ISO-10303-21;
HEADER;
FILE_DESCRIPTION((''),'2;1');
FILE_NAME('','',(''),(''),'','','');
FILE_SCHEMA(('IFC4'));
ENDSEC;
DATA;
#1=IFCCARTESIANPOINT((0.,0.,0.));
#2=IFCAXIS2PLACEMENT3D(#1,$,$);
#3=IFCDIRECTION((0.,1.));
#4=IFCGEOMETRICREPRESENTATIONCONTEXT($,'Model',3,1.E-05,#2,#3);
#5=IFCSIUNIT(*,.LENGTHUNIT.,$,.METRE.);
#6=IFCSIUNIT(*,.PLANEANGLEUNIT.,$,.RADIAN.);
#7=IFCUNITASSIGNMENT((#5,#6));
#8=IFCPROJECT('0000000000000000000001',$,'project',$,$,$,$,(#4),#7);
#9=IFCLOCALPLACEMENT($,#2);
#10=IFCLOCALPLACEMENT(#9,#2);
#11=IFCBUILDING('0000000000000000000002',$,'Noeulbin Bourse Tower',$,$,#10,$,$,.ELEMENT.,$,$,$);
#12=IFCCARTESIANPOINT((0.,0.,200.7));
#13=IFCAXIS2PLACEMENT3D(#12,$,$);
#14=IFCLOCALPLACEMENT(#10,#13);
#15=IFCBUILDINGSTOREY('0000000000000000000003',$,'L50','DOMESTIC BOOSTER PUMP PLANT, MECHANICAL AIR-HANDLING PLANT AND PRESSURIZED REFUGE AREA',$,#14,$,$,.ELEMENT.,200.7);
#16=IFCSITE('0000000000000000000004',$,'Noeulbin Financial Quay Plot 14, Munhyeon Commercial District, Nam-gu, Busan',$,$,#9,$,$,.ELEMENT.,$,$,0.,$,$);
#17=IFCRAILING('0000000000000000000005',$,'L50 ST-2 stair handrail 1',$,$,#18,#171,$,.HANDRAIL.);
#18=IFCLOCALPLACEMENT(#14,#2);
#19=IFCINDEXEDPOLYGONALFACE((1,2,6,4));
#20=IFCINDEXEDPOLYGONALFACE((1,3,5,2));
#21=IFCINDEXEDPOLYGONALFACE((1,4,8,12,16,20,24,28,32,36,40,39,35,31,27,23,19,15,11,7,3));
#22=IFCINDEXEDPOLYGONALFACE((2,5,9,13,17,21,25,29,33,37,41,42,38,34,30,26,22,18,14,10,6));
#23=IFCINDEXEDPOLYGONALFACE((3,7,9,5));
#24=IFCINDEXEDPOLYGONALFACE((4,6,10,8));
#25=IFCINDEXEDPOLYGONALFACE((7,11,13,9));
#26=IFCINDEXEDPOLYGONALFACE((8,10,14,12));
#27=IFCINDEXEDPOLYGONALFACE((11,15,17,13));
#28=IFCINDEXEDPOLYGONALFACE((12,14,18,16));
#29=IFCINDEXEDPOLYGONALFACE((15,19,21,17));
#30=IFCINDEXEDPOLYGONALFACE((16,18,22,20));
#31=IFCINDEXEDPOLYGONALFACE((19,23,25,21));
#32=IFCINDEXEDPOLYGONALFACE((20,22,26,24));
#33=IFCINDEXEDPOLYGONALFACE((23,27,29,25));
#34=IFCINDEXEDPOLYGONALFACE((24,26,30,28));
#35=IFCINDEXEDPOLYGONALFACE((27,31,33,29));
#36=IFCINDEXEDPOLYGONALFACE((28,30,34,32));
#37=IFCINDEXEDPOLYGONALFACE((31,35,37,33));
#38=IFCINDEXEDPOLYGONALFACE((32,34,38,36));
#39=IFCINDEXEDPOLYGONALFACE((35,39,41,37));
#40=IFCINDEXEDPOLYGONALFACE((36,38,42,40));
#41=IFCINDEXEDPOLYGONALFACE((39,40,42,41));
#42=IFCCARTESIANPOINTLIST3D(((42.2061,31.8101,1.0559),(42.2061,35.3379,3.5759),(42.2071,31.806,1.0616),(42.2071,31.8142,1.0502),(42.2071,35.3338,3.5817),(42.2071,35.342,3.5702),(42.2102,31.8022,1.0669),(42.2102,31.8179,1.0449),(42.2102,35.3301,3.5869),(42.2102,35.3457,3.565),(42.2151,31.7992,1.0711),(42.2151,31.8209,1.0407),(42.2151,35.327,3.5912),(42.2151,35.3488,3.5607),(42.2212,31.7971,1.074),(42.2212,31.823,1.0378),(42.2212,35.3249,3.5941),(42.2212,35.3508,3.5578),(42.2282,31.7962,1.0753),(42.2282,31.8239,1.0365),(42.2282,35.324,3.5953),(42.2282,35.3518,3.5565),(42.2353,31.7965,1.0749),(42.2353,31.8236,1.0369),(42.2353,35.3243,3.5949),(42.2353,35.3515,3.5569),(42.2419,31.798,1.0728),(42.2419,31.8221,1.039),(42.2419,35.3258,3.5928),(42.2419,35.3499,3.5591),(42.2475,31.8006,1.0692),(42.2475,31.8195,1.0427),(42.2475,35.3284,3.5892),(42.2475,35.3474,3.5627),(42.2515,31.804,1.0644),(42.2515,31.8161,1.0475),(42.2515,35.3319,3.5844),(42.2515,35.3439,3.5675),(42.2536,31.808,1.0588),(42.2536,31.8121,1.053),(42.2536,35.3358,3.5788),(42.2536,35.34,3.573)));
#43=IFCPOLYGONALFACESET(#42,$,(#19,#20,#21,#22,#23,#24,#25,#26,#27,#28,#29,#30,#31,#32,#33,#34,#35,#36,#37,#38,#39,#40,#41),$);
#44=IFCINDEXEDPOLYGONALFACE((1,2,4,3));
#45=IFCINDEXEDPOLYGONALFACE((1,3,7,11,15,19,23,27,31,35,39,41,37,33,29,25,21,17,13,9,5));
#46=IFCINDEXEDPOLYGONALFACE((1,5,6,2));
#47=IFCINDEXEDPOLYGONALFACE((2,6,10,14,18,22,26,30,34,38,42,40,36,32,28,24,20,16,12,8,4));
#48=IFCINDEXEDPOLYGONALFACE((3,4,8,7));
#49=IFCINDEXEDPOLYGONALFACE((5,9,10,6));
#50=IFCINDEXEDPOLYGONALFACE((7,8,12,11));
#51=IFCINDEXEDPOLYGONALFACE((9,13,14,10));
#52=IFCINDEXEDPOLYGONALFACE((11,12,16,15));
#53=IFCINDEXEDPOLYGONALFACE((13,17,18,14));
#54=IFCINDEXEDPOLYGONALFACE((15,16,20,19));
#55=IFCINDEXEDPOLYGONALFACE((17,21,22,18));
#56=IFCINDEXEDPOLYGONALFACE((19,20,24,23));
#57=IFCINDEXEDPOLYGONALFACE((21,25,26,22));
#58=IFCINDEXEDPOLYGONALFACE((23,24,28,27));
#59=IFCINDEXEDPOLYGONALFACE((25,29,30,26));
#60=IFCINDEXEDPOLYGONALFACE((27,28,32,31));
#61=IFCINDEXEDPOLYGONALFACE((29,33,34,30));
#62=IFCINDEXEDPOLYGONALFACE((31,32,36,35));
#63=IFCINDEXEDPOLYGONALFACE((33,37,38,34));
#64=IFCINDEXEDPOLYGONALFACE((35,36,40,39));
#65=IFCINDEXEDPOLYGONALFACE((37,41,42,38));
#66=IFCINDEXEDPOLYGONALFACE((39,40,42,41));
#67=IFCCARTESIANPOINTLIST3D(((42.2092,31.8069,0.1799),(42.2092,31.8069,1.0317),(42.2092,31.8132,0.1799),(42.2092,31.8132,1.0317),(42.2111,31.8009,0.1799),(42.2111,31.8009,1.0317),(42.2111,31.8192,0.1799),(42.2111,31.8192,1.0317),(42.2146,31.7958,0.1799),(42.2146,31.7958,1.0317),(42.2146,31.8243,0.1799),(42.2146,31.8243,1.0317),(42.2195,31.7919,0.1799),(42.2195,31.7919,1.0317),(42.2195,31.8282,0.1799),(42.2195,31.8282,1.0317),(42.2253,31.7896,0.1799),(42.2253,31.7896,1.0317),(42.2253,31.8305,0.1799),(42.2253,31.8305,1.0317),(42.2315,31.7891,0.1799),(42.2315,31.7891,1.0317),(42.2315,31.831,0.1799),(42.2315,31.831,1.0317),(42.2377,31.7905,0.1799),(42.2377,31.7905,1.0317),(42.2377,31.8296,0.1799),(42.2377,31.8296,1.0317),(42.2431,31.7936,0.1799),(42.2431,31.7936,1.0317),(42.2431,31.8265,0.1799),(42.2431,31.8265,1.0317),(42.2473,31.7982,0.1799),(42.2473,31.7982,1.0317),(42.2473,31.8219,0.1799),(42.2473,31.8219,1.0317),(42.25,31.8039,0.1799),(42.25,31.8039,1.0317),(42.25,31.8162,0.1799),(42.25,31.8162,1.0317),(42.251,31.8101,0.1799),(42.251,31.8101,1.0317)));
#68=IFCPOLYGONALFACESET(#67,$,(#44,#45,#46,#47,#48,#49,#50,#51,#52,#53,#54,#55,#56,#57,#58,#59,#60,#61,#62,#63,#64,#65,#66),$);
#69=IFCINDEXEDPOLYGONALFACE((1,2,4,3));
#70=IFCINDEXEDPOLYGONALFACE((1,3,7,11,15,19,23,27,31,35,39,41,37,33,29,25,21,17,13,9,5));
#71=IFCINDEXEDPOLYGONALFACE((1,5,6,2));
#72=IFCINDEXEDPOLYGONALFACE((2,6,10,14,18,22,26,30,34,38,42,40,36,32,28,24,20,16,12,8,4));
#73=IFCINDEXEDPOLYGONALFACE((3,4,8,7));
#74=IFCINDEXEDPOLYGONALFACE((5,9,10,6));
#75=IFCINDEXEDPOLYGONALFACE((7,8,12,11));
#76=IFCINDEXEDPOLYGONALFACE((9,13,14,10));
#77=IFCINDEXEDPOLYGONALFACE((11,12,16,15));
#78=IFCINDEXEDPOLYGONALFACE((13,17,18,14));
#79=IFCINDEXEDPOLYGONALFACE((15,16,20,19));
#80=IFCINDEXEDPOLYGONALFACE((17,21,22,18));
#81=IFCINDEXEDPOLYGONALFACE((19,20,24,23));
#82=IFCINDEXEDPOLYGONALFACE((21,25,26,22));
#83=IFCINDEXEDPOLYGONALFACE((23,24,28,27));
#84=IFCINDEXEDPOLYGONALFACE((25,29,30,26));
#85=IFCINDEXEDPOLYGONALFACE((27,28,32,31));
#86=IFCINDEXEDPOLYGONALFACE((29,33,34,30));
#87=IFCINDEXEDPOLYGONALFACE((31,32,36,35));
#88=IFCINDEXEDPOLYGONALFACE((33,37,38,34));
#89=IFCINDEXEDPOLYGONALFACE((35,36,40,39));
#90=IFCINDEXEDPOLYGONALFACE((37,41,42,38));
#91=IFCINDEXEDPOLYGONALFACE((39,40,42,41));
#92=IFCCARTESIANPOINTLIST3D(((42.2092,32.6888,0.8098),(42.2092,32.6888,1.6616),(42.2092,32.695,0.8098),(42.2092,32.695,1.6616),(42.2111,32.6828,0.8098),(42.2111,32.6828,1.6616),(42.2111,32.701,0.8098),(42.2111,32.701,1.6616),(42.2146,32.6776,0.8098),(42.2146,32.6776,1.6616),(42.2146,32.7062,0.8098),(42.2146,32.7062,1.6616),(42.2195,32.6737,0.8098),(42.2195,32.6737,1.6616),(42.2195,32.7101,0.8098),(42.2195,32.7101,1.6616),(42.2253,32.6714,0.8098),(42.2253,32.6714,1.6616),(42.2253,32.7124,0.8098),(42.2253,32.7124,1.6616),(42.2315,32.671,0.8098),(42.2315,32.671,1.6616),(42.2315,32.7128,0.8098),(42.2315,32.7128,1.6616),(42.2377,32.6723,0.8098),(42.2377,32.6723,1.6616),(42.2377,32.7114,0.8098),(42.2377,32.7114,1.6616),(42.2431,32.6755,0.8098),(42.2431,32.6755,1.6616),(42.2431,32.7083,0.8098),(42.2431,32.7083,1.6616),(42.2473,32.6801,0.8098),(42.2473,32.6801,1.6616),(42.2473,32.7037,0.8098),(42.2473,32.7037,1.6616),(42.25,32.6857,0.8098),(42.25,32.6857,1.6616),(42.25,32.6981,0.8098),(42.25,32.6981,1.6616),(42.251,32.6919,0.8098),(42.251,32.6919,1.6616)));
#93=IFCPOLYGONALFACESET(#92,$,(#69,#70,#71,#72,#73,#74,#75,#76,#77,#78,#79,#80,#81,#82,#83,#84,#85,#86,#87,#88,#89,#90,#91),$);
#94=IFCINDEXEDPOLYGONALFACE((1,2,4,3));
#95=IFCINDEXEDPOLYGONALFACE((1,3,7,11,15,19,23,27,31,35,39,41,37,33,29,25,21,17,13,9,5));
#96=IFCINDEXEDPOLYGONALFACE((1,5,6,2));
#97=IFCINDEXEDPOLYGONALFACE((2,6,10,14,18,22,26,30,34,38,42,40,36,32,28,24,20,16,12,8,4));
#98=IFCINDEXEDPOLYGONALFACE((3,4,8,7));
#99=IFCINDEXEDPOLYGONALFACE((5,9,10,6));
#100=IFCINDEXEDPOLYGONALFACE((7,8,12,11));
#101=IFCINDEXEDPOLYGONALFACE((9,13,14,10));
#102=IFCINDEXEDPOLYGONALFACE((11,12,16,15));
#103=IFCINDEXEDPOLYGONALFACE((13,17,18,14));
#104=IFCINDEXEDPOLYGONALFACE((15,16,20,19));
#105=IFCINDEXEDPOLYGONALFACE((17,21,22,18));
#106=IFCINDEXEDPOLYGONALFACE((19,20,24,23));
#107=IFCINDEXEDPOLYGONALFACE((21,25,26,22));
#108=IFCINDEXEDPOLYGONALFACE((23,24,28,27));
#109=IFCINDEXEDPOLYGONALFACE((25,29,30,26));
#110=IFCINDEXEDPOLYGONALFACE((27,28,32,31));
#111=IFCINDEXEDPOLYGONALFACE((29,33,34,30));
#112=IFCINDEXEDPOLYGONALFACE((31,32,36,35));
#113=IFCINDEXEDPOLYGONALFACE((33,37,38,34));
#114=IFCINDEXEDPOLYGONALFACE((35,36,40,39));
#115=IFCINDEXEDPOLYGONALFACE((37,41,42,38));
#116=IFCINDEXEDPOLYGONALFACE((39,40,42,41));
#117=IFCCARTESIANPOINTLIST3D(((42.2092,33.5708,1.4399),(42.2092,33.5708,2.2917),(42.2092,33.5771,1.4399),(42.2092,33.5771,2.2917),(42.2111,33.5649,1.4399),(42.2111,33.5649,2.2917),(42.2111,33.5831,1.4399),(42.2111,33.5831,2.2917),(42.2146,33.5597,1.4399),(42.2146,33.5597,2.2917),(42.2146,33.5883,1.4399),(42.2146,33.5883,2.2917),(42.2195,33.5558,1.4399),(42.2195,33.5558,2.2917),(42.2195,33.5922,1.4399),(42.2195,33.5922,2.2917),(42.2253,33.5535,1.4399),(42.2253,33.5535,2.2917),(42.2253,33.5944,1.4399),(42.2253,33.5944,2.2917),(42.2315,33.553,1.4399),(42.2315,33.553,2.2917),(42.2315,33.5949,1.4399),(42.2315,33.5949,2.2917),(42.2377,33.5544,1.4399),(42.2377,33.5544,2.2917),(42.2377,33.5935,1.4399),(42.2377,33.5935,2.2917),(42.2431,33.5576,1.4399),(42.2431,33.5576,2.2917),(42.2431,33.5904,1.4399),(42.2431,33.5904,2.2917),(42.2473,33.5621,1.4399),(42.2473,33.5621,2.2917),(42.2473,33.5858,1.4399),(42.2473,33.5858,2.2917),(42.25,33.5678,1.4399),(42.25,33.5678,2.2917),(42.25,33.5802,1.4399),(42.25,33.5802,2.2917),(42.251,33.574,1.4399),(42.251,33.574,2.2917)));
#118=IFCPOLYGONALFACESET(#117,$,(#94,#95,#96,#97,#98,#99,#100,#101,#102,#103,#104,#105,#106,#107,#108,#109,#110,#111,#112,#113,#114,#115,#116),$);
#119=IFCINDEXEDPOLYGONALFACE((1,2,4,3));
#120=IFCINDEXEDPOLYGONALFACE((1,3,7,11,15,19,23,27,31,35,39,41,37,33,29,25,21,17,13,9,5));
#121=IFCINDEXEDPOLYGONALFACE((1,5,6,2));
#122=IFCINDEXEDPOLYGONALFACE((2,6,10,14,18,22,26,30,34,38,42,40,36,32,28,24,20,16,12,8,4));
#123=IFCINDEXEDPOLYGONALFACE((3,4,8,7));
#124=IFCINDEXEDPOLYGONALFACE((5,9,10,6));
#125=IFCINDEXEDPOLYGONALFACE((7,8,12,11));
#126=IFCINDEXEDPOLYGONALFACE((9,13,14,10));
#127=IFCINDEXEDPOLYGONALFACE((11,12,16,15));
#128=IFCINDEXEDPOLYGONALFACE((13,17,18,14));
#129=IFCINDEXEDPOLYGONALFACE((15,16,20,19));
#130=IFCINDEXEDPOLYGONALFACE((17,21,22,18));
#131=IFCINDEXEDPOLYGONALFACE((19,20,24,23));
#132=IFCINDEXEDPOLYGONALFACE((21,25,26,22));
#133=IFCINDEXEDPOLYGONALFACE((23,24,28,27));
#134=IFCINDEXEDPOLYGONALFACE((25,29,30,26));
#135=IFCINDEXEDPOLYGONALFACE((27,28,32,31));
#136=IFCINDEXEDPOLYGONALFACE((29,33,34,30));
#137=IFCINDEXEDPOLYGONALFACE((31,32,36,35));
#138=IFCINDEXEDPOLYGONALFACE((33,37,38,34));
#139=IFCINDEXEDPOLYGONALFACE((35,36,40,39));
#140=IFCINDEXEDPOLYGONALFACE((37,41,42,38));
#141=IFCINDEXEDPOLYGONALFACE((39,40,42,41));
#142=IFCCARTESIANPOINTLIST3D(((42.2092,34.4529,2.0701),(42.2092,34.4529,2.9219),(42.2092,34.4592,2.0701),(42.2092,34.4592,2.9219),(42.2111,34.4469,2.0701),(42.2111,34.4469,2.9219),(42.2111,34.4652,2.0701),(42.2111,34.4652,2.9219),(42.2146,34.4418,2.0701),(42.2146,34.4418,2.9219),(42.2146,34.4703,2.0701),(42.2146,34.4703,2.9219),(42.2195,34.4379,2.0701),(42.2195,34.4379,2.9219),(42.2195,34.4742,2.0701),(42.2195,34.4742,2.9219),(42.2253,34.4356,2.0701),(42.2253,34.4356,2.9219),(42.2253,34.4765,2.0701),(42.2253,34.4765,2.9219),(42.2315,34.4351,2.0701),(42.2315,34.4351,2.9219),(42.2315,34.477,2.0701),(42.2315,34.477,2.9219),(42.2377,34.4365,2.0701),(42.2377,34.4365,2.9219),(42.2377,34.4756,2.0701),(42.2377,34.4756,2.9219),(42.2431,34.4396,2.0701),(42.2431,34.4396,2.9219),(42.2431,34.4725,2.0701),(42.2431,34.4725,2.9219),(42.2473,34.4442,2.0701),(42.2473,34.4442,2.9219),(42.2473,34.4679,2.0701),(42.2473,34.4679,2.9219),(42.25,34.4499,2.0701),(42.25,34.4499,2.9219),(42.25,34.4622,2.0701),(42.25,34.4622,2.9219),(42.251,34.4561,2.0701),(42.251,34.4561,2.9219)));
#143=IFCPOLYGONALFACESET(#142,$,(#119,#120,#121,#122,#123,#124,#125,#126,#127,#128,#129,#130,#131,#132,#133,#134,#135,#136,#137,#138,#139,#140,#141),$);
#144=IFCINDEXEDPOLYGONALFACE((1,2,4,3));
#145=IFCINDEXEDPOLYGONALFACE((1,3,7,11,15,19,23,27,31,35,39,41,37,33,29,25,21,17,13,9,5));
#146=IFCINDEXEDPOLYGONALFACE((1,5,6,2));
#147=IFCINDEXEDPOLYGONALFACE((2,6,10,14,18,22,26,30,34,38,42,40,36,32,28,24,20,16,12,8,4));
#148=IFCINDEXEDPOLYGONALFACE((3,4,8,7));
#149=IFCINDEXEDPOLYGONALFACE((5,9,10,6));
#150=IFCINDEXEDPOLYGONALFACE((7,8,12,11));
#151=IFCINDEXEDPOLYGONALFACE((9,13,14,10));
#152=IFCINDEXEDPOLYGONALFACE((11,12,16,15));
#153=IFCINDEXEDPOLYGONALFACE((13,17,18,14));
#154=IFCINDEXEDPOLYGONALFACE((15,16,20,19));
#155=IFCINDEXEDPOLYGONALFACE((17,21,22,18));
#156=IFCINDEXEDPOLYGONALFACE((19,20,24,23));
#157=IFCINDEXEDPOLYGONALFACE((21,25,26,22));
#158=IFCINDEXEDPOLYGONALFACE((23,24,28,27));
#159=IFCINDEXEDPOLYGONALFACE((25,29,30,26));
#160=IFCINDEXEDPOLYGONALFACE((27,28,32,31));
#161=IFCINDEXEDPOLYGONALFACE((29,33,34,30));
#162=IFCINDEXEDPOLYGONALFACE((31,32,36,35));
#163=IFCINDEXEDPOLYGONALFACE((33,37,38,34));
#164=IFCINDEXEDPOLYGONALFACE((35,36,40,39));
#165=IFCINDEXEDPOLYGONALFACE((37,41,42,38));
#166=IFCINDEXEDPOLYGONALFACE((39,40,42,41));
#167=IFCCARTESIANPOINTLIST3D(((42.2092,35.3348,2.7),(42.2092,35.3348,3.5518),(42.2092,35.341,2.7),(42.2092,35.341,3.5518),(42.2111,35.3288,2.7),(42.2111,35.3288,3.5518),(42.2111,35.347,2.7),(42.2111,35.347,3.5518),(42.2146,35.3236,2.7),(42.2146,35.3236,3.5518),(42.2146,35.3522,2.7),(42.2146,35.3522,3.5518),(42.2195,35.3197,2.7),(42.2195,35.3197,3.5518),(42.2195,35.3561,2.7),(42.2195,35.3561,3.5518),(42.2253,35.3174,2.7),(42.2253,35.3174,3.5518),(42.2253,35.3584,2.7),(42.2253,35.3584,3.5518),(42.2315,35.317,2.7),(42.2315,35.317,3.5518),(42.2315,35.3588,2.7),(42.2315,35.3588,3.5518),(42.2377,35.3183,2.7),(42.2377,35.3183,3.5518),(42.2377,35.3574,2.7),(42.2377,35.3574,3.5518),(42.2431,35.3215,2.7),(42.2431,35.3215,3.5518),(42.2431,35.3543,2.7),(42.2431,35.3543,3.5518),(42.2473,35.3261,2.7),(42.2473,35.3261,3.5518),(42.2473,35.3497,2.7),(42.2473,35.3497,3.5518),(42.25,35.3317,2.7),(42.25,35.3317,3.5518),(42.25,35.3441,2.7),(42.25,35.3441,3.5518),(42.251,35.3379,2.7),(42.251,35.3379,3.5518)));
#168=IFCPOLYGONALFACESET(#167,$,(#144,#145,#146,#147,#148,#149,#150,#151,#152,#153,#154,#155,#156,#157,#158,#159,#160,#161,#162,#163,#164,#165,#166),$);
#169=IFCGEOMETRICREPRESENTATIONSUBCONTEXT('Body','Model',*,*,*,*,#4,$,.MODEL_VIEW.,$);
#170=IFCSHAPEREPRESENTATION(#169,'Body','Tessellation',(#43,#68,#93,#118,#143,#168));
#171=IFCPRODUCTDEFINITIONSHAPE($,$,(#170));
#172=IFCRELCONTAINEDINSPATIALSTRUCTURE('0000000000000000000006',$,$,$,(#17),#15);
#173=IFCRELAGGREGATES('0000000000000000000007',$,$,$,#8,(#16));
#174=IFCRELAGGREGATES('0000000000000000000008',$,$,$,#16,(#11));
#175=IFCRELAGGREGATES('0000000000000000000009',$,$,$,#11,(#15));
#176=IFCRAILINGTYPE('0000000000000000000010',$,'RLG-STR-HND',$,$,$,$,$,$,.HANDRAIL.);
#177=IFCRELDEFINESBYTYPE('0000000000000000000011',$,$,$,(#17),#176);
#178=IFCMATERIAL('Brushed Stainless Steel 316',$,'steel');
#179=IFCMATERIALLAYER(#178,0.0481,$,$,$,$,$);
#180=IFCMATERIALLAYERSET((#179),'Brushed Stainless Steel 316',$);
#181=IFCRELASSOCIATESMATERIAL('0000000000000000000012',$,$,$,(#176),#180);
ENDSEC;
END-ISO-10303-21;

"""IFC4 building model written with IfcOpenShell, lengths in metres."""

from ifc_helpers import new_model, si_unit, direction, frame, origin, origin_2d, place, context, subcontext, project, spatial, circle, extrude, material, layer, layer_set, type_object, element, save


model = new_model("IFC4")

# Units and contexts
model_context = context("Model", 3, precision=1e-05, world=origin(), true_north=direction((0.0, 1.0)))
body_context = subcontext(model_context, "Body", "Model", "MODEL_VIEW")
ifc_project = project(units=[si_unit("LENGTHUNIT", "METRE"), si_unit("PLANEANGLEUNIT", "RADIAN")], contexts=[model_context])

# Site, building, storey
site_placement = place(None, origin())
site = spatial("IfcSite", under=ifc_project, at=site_placement, Name="Noeulbin Financial Quay Plot 14, Munhyeon Commercial District, Nam-gu, Busan", CompositionType="ELEMENT", RefElevation=0.0)
building_placement = place(site_placement, origin())
building = spatial("IfcBuilding", under=site, at=building_placement, Name="Noeulbin Bourse Tower", CompositionType="ELEMENT")
storey_placement = place(building_placement, frame((0.0, 0.0, 200.7)))
storey = spatial("IfcBuildingStorey", under=building, at=storey_placement, Name="L50", Description="DOMESTIC BOOSTER PUMP PLANT, MECHANICAL AIR-HANDLING PLANT AND PRESSURIZED REFUGE AREA", CompositionType="ELEMENT", Elevation=200.7)

# Railing
ifc_material_1 = material(Name="Brushed Stainless Steel 316", Category="steel")
ifc_layer_1 = layer(ifc_material_1, 0.0481)
ifc_layer_set_1 = layer_set([ifc_layer_1], Name="Brushed Stainless Steel 316")
railing_type_1 = type_object("IfcRailingType", Name="RLG-STR-HND", PredefinedType="HANDRAIL", material=ifc_layer_set_1)
railing_1_placement = place(storey_placement, frame((42.23, 31.8101, 0.1799)))
element("IfcRailing", 1, at=railing_1_placement, inside=storey, type_object=railing_type_1, Name="L50 ST-2 stair handrail 1", PredefinedType="HANDRAIL", context=body_context, shape_type="SweptSolid", body=[
    extrude(circle(Radius=0.0239, at=origin_2d()), frame((0.0, 0.0, 0.876), z_axis=(0.0, 0.813718, 0.58126), x_axis=(-1.0, 0.0, 0.0)), (0.0, 0.0, 1.0), 4.3354),
    extrude(circle(Radius=0.021, at=origin_2d()), origin(), (0.0, 0.0, 1.0), 0.8518),
    extrude(circle(Radius=0.021, at=origin_2d()), frame((0.0, 0.8818, 0.6299)), (0.0, 0.0, 1.0), 0.8518),
    extrude(circle(Radius=0.021, at=origin_2d()), frame((0.0, 1.7639, 1.26)), (0.0, 0.0, 1.0), 0.8518),
    extrude(circle(Radius=0.021, at=origin_2d()), frame((0.0, 2.646, 1.8901)), (0.0, 0.0, 1.0), 0.8518),
    extrude(circle(Radius=0.021, at=origin_2d()), frame((0.0, 3.5278, 2.52)), (0.0, 0.0, 1.0), 0.8518),
])

save(model, "model.ifc")
